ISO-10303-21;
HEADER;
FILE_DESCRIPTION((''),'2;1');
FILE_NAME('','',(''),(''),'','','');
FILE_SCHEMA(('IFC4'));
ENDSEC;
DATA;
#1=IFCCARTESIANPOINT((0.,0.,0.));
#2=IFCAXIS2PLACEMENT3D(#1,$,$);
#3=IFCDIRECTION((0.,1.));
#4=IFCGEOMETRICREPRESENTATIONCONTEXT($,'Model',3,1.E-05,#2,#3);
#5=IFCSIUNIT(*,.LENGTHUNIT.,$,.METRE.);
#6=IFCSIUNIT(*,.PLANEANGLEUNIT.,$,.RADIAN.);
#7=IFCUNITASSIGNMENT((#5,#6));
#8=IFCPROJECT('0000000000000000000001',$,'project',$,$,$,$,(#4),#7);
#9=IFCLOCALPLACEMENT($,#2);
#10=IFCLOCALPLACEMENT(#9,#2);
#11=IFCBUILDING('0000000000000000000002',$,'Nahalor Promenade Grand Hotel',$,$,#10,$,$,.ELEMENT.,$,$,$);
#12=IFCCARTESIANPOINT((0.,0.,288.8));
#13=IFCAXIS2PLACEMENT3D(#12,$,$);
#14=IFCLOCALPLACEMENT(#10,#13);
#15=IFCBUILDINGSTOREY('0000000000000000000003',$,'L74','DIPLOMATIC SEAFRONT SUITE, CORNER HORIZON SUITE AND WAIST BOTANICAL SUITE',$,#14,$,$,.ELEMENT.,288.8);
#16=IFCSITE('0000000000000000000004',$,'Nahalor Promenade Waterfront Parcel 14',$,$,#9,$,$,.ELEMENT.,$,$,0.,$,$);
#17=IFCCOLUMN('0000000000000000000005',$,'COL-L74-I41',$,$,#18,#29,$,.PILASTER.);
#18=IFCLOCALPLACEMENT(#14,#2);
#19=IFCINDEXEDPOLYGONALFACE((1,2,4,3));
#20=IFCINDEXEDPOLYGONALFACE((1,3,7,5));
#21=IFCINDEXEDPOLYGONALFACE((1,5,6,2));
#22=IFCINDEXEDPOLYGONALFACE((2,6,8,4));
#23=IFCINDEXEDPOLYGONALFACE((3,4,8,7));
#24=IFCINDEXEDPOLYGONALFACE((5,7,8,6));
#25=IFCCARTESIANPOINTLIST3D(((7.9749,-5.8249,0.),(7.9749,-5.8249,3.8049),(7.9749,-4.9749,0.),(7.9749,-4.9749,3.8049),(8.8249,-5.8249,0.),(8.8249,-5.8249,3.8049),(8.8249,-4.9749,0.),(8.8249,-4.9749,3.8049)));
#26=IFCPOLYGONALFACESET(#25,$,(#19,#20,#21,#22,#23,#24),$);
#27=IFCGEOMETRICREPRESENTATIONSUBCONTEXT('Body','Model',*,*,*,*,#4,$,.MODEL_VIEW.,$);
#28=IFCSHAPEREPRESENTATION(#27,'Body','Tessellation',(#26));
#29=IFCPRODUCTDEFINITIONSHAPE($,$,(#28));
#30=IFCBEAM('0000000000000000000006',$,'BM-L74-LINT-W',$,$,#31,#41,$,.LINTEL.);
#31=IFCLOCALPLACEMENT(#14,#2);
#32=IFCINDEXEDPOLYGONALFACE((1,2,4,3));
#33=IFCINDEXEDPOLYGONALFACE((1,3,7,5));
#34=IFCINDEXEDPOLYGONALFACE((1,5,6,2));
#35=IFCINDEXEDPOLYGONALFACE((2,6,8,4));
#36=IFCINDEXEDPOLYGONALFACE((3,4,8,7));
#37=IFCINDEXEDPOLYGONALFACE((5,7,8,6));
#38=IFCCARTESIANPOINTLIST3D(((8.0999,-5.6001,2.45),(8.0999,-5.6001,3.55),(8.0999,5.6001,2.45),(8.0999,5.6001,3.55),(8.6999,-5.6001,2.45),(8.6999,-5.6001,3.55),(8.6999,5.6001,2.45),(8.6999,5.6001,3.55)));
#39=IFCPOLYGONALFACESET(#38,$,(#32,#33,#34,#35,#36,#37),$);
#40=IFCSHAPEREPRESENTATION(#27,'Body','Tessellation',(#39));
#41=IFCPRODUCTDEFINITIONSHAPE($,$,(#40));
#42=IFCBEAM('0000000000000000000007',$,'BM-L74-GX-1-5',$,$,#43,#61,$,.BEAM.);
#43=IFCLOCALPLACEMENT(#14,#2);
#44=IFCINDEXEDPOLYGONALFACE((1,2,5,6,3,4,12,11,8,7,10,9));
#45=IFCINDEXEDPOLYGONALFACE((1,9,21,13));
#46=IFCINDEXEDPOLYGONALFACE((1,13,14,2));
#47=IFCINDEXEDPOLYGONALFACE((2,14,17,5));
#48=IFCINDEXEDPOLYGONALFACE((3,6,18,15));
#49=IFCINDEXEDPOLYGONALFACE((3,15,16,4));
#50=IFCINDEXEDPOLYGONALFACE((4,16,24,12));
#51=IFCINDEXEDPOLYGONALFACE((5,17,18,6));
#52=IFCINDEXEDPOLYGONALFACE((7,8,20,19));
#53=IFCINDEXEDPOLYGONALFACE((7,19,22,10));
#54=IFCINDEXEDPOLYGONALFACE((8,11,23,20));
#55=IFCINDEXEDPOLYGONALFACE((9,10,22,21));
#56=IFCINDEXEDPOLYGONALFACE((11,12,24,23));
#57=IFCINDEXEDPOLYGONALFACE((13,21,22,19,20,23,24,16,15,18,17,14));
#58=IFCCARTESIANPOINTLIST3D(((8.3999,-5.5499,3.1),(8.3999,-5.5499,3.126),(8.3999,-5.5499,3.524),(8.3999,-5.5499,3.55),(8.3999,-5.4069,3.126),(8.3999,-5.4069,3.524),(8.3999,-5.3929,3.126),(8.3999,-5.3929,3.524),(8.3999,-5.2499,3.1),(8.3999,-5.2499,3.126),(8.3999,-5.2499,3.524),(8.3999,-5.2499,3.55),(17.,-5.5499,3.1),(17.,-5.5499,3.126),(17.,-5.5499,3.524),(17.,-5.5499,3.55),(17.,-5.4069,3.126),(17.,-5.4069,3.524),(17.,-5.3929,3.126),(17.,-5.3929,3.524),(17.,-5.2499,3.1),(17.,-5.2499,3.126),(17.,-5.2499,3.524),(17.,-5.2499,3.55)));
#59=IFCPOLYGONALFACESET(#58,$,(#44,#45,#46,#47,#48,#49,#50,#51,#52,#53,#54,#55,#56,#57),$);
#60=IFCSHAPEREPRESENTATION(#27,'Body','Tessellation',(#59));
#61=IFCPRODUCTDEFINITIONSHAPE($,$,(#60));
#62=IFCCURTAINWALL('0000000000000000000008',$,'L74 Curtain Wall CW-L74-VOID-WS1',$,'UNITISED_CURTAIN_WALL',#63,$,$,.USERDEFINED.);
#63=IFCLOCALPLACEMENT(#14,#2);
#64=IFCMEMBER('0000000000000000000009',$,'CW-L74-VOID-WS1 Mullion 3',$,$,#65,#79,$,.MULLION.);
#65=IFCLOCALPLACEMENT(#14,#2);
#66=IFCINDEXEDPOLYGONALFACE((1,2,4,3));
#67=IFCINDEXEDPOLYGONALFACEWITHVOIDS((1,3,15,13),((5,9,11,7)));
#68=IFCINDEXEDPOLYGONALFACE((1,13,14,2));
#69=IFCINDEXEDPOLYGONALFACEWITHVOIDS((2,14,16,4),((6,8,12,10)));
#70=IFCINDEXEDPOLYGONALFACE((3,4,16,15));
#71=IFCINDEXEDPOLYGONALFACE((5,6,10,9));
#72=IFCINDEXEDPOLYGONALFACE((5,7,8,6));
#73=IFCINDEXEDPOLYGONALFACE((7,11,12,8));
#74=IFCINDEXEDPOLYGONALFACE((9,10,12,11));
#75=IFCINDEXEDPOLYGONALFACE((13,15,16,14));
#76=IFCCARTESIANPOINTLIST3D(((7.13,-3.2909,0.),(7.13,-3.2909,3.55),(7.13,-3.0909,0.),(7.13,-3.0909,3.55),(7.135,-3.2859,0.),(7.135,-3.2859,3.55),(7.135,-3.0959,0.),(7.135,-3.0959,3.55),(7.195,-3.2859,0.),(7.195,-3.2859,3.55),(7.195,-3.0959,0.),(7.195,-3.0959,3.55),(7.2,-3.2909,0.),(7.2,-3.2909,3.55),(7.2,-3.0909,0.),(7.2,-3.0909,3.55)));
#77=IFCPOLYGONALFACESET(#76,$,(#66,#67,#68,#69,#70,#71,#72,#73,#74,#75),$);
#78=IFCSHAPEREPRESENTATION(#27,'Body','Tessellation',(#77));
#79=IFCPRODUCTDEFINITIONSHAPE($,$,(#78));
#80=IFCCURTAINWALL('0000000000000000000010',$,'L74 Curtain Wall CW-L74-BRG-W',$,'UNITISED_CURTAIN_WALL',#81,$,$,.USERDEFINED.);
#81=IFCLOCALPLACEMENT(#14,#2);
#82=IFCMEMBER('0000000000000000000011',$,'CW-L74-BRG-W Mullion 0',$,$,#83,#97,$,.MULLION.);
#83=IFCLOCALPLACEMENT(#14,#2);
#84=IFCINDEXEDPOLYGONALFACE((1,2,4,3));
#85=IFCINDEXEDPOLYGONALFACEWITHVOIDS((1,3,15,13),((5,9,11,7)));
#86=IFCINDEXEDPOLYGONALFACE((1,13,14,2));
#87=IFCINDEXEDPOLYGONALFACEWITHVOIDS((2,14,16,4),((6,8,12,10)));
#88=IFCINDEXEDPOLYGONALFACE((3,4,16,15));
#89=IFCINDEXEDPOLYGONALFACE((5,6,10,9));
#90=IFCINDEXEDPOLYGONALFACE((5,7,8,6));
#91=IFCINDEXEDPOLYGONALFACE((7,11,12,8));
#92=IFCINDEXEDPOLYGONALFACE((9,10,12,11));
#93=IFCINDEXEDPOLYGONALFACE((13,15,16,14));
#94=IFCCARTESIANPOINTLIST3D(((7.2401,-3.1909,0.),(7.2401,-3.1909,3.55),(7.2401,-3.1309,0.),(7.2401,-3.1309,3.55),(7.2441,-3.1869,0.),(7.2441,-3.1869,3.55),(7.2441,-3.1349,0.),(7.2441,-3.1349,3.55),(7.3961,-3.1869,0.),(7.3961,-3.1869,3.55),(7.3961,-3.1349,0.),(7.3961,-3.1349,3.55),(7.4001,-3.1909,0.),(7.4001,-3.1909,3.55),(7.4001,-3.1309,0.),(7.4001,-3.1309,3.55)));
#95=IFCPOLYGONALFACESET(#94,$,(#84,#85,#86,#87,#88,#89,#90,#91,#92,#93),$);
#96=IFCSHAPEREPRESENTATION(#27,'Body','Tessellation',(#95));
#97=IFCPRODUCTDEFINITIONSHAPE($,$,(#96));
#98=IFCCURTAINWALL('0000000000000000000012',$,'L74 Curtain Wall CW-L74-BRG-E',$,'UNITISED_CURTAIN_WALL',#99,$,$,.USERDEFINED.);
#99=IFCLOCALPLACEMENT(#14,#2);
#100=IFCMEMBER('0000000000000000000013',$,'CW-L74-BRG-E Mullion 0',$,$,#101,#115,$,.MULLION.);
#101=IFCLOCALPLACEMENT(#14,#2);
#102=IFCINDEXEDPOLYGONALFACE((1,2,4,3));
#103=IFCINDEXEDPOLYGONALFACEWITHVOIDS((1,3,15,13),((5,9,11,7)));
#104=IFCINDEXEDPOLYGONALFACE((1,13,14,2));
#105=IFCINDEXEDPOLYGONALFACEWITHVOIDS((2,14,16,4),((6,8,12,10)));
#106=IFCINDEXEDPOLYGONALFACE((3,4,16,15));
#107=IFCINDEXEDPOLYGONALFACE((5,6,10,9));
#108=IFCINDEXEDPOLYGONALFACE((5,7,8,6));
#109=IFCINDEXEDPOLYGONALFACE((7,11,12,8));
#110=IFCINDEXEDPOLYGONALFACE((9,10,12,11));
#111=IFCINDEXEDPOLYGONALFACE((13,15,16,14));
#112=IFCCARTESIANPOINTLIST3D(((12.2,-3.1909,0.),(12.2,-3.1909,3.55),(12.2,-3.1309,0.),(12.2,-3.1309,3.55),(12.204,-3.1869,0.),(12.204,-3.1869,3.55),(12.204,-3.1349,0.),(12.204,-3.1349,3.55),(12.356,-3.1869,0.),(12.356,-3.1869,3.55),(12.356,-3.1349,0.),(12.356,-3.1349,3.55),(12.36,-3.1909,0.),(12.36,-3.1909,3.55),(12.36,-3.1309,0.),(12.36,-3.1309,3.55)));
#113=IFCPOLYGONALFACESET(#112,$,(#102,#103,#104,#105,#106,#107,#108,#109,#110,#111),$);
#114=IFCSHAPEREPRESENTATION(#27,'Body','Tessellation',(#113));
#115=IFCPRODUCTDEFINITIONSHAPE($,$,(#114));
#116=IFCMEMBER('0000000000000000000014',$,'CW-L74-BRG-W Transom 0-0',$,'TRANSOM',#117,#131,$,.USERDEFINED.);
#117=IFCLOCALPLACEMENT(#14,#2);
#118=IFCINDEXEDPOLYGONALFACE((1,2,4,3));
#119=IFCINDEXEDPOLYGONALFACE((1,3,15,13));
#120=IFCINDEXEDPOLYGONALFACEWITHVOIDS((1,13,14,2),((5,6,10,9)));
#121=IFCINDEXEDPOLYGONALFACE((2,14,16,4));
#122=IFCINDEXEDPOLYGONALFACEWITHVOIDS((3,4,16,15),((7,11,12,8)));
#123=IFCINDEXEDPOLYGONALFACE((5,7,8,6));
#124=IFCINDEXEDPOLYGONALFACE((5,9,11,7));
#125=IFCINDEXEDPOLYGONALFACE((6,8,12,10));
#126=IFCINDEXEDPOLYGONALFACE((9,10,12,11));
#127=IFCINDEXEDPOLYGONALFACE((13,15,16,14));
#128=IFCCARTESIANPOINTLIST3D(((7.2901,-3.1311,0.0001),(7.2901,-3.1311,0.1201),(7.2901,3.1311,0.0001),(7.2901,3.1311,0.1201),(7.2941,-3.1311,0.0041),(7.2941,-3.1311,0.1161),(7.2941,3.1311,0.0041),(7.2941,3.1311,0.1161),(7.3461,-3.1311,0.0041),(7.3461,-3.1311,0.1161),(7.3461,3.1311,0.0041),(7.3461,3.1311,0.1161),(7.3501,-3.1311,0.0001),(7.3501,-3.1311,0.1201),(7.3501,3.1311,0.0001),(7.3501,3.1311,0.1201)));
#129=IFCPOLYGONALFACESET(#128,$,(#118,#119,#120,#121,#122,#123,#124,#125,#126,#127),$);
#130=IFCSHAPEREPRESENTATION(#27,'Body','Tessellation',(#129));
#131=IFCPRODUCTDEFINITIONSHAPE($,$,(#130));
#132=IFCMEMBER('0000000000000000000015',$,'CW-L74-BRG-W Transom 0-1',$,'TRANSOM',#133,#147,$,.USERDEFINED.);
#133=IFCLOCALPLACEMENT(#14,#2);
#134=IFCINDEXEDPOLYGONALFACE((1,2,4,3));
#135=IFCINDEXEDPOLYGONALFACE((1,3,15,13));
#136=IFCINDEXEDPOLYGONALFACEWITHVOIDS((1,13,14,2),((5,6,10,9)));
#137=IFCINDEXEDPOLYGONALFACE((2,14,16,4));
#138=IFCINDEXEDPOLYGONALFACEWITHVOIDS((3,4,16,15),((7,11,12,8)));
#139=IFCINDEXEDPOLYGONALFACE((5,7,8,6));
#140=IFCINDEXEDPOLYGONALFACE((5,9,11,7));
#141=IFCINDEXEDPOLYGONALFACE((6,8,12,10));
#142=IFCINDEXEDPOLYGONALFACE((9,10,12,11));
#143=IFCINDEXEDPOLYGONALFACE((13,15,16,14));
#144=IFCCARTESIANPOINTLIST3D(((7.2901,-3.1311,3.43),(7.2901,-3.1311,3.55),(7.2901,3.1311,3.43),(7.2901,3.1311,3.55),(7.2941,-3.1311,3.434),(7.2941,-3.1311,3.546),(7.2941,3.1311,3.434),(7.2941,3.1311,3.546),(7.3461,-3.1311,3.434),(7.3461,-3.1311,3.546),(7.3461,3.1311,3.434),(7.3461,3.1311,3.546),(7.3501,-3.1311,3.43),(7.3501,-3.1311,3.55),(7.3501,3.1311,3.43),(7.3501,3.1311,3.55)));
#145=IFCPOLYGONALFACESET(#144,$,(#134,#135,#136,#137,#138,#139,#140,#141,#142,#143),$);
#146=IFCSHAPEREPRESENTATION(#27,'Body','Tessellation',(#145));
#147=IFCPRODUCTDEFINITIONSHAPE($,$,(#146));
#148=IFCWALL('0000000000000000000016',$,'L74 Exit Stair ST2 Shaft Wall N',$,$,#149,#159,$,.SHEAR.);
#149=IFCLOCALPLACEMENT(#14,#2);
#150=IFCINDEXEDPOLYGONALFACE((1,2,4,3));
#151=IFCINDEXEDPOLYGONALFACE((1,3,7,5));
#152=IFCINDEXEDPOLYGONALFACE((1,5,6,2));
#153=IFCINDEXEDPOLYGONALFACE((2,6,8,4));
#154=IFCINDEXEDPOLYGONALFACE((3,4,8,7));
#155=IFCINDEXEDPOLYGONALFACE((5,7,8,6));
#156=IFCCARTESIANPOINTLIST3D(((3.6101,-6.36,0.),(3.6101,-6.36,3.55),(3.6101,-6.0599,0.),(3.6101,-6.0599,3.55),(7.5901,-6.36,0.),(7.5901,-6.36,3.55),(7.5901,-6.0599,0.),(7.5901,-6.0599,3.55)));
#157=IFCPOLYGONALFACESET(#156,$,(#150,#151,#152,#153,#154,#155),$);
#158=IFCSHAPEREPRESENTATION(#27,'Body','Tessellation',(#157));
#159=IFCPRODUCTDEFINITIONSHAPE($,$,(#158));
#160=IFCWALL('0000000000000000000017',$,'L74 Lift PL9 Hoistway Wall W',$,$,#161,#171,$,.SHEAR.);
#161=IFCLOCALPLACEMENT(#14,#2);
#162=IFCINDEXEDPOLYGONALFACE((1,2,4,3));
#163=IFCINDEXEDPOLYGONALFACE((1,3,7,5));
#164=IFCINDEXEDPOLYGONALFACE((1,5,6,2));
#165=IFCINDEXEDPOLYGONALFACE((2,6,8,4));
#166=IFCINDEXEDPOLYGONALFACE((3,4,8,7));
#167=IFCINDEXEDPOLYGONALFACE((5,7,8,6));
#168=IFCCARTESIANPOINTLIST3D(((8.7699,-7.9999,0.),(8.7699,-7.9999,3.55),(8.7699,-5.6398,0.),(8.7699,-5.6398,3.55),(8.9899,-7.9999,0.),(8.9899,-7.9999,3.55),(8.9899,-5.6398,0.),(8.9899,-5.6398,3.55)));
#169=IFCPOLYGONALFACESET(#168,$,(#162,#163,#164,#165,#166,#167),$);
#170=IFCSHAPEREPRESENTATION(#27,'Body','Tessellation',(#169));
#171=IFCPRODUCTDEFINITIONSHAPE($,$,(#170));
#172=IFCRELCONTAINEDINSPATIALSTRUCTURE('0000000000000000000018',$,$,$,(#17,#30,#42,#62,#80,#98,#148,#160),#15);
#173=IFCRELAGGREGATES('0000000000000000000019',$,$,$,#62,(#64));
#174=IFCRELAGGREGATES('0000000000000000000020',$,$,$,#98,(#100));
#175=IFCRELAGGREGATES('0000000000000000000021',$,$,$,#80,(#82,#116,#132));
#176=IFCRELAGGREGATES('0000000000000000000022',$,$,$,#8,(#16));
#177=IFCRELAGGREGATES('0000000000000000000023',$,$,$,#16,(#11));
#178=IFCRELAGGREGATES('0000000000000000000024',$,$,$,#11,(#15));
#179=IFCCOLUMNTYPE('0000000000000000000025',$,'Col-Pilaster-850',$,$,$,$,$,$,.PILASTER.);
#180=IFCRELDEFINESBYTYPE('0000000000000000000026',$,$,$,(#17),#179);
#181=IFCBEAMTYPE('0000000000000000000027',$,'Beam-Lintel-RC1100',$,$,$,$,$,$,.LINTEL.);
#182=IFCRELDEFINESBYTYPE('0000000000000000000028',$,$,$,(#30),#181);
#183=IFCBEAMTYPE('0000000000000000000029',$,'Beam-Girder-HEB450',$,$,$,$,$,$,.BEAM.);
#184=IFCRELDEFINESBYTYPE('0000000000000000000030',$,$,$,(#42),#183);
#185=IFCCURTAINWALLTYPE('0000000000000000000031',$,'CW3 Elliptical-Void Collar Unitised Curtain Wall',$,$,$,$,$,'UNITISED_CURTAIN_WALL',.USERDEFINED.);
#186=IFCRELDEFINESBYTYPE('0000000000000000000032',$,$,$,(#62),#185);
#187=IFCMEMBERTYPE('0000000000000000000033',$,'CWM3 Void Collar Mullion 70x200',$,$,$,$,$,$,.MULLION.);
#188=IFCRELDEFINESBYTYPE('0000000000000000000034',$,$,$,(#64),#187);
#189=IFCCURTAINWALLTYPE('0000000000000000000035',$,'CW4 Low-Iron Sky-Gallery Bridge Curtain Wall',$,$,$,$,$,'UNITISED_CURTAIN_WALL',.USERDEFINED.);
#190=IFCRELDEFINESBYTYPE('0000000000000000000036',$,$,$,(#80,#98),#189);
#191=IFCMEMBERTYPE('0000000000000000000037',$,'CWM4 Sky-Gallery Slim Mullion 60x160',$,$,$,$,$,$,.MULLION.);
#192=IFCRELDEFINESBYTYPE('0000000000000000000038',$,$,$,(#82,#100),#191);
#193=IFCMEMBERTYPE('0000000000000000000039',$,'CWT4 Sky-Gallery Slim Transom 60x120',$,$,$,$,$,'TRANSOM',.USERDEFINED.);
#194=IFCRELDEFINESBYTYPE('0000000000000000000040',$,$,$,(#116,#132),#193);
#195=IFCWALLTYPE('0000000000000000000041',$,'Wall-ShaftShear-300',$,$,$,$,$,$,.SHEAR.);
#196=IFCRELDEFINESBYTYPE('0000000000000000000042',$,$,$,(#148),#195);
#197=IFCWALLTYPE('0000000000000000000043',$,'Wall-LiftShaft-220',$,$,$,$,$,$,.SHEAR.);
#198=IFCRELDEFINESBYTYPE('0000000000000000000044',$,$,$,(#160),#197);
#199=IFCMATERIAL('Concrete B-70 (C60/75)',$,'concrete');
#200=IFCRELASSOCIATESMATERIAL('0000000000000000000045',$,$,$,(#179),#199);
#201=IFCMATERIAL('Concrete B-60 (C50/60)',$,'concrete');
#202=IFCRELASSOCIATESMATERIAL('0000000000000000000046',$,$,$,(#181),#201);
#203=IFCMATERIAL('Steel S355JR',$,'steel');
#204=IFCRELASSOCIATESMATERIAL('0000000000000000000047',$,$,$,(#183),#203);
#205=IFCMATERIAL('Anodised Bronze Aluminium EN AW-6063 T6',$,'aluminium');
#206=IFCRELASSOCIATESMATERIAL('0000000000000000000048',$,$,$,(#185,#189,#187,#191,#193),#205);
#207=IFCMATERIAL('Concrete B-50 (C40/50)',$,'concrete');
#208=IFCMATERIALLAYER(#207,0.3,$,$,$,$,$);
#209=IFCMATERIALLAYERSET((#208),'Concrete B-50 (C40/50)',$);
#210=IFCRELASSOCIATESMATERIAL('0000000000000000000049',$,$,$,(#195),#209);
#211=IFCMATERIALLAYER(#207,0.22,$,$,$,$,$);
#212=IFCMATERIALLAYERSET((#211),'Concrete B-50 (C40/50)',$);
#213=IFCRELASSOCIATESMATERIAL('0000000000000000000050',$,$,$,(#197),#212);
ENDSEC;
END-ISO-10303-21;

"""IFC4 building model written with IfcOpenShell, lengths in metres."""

from ifc_helpers import new_model, si_unit, direction, frame, frame_2d, origin, origin_2d, place, context, subcontext, project, spatial, rectangle, hollow_rectangle, i_section, extrude, source, transform, mapped, material, layer, layer_set, material_profile, profile_set, type_object, element, aggregate, save


model = new_model("IFC4")

# Units and contexts
model_context = context("Model", 3, precision=1e-05, world=origin(), true_north=direction((0.0, 1.0)))
body_context = subcontext(model_context, "Body", "Model", "MODEL_VIEW")
ifc_project = project(units=[si_unit("LENGTHUNIT", "METRE"), si_unit("PLANEANGLEUNIT", "RADIAN")], contexts=[model_context])

# Site, building, storey
site_placement = place(None, origin())
site = spatial("IfcSite", under=ifc_project, at=site_placement, Name="Nahalor Promenade Waterfront Parcel 14", CompositionType="ELEMENT", RefElevation=0.0)
building_placement = place(site_placement, origin())
building = spatial("IfcBuilding", under=site, at=building_placement, Name="Nahalor Promenade Grand Hotel", CompositionType="ELEMENT")
storey_placement = place(building_placement, frame((0.0, 0.0, 288.8)))
storey = spatial("IfcBuildingStorey", under=building, at=storey_placement, Name="L74", Description="DIPLOMATIC SEAFRONT SUITE, CORNER HORIZON SUITE AND WAIST BOTANICAL SUITE", CompositionType="ELEMENT", Elevation=288.8)

# Column
ifc_material_1 = material(Name="Concrete B-70 (C60/75)", Category="concrete")
ifc_material_profile_1 = material_profile(ifc_material_1, rectangle(XDim=0.85, YDim=0.85, at=origin_2d()), Name="RC 850x850")
ifc_profile_set_1 = profile_set([ifc_material_profile_1], Name="Concrete B-70 (C60/75)")
column_type = type_object("IfcColumnType", Name="Col-Pilaster-850", PredefinedType="PILASTER", material=ifc_profile_set_1)
shared_shape_1 = source(origin(), body_context, "Body", "SweptSolid", [
    extrude(rectangle(XDim=0.85, YDim=0.85, at=origin_2d()), origin(), (0.0, 0.0, 1.0), 3.8049),
])
column_placement = place(storey_placement, frame((8.3999, -5.3999, 0.0), z_axis=(0.0, 0.0, 1.0), x_axis=(1.0, 0.0, 0.0)))
element("IfcColumn", 1, at=column_placement, inside=storey, type_object=column_type, Name="COL-L74-I41", PredefinedType="PILASTER", context=body_context, shape_type="MappedRepresentation", body=[
    mapped(shared_shape_1, transform((0.0, 0.0, 0.0), scale=1.0)),
])

# Beams
ifc_material_2 = material(Name="Concrete B-60 (C50/60)", Category="concrete")
ifc_material_profile_2 = material_profile(ifc_material_2, rectangle(XDim=0.6, YDim=1.1, at=origin_2d()), Name="RC 600x1100")
ifc_profile_set_2 = profile_set([ifc_material_profile_2], Name="Concrete B-60 (C50/60)")
beam_type_1 = type_object("IfcBeamType", Name="Beam-Lintel-RC1100", PredefinedType="LINTEL", material=ifc_profile_set_2)
shared_shape_2 = source(origin(), body_context, "Body", "SweptSolid", [
    extrude(rectangle(XDim=0.6, YDim=1.1, at=origin_2d()), origin(), (0.0, 0.0, 1.0), 11.2002),
])
beam_1_placement = place(storey_placement, frame((8.3999, -5.6001, 3.0), z_axis=(0.0, 1.0, 0.0), x_axis=(-1.0, 0.0, 0.0)))
element("IfcBeam", 2, at=beam_1_placement, inside=storey, type_object=beam_type_1, Name="BM-L74-LINT-W", PredefinedType="LINTEL", context=body_context, shape_type="MappedRepresentation", body=[
    mapped(shared_shape_2, transform((0.0, 0.0, 0.0), scale=1.0)),
])
ifc_material_3 = material(Name="Steel S355JR", Category="steel")
ifc_material_profile_3 = material_profile(ifc_material_3, i_section(OverallWidth=0.3, OverallDepth=0.45, WebThickness=0.014, FlangeThickness=0.026, at=origin_2d()), Name="HEB 450")
ifc_profile_set_3 = profile_set([ifc_material_profile_3], Name="Steel S355JR")
beam_type_2 = type_object("IfcBeamType", Name="Beam-Girder-HEB450", PredefinedType="BEAM", material=ifc_profile_set_3)
shared_shape_3 = source(origin(), body_context, "Body", "SweptSolid", [
    extrude(i_section(OverallWidth=0.3, OverallDepth=0.45, WebThickness=0.014, FlangeThickness=0.026, at=origin_2d()), origin(), (0.0, 0.0, 1.0), 8.6001),
])
beam_2_placement = place(storey_placement, frame((8.3999, -5.3999, 3.325), z_axis=(1.0, 0.0, 0.0), x_axis=(0.0, 1.0, 0.0)))
element("IfcBeam", 3, at=beam_2_placement, inside=storey, type_object=beam_type_2, Name="BM-L74-GX-1-5", PredefinedType="BEAM", context=body_context, shape_type="MappedRepresentation", body=[
    mapped(shared_shape_3, transform((0.0, 0.0, 0.0), scale=1.0)),
])

# Curtain walls, members
ifc_material_4 = material(Name="Anodised Bronze Aluminium EN AW-6063 T6", Category="aluminium")
curtain_wall_type_1 = type_object("IfcCurtainWallType", Name="CW3 Elliptical-Void Collar Unitised Curtain Wall", ElementType="UNITISED_CURTAIN_WALL", PredefinedType="USERDEFINED", material=ifc_material_4)
curtain_wall_1_placement = place(storey_placement, origin())
curtain_wall_1 = element("IfcCurtainWall", 4, at=curtain_wall_1_placement, inside=storey, type_object=curtain_wall_type_1, Name="L74 Curtain Wall CW-L74-VOID-WS1", ObjectType="UNITISED_CURTAIN_WALL", PredefinedType="USERDEFINED")
ifc_material_profile_4 = material_profile(ifc_material_4, hollow_rectangle(XDim=0.07, YDim=0.2, WallThickness=0.005, at=origin_2d()), Name="CWM 70x200x5")
ifc_profile_set_4 = profile_set([ifc_material_profile_4], Name="Anodised Bronze Aluminium EN AW-6063 T6")
member_type_1 = type_object("IfcMemberType", Name="CWM3 Void Collar Mullion 70x200", PredefinedType="MULLION", material=ifc_profile_set_4)
shared_shape_4 = source(origin(), body_context, "Body", "SweptSolid", [
    extrude(hollow_rectangle(XDim=0.07, YDim=0.2, WallThickness=0.005, at=origin_2d()), origin(), (0.0, 0.0, 1.0), 3.55),
])
member_1_placement = place(storey_placement, frame((7.165, -3.1909, 0.0), z_axis=(0.0, 0.0, 1.0), x_axis=(1.0, 0.0, 0.0)))
member_1 = element("IfcMember", 5, at=member_1_placement, type_object=member_type_1, Name="CW-L74-VOID-WS1 Mullion 3", PredefinedType="MULLION", context=body_context, shape_type="MappedRepresentation", body=[
    mapped(shared_shape_4, transform((0.0, 0.0, 0.0), scale=1.0)),
])
aggregate(curtain_wall_1, [member_1])
curtain_wall_type_2 = type_object("IfcCurtainWallType", Name="CW4 Low-Iron Sky-Gallery Bridge Curtain Wall", ElementType="UNITISED_CURTAIN_WALL", PredefinedType="USERDEFINED", material=ifc_material_4)
curtain_wall_2_placement = place(storey_placement, origin())
curtain_wall_2 = element("IfcCurtainWall", 6, at=curtain_wall_2_placement, inside=storey, type_object=curtain_wall_type_2, Name="L74 Curtain Wall CW-L74-BRG-W", ObjectType="UNITISED_CURTAIN_WALL", PredefinedType="USERDEFINED")
ifc_material_profile_5 = material_profile(ifc_material_4, hollow_rectangle(XDim=0.06, YDim=0.16, WallThickness=0.004, at=origin_2d()), Name="CWM 60x160x4")
ifc_profile_set_5 = profile_set([ifc_material_profile_5], Name="Anodised Bronze Aluminium EN AW-6063 T6")
member_type_2 = type_object("IfcMemberType", Name="CWM4 Sky-Gallery Slim Mullion 60x160", PredefinedType="MULLION", material=ifc_profile_set_5)
shared_shape_5 = source(origin(), body_context, "Body", "SweptSolid", [
    extrude(hollow_rectangle(XDim=0.06, YDim=0.16, WallThickness=0.004, at=origin_2d()), origin(), (0.0, 0.0, 1.0), 3.55),
])
member_2_placement = place(storey_placement, frame((7.3201, -3.1609, 0.0), z_axis=(0.0, 0.0, 1.0), x_axis=(0.0, 1.0, 0.0)))
member_2 = element("IfcMember", 7, at=member_2_placement, type_object=member_type_2, Name="CW-L74-BRG-W Mullion 0", PredefinedType="MULLION", context=body_context, shape_type="MappedRepresentation", body=[
    mapped(shared_shape_5, transform((0.0, 0.0, 0.0), scale=1.0)),
])
curtain_wall_3_placement = place(storey_placement, origin())
curtain_wall_3 = element("IfcCurtainWall", 8, at=curtain_wall_3_placement, inside=storey, type_object=curtain_wall_type_2, Name="L74 Curtain Wall CW-L74-BRG-E", ObjectType="UNITISED_CURTAIN_WALL", PredefinedType="USERDEFINED")
member_3_placement = place(storey_placement, frame((12.28, -3.1609, 0.0), z_axis=(0.0, 0.0, 1.0), x_axis=(0.0, 1.0, 0.0)))
member_3 = element("IfcMember", 9, at=member_3_placement, type_object=member_type_2, Name="CW-L74-BRG-E Mullion 0", PredefinedType="MULLION", context=body_context, shape_type="MappedRepresentation", body=[
    mapped(shared_shape_5, transform((0.0, 0.0, 0.0), scale=1.0)),
])
aggregate(curtain_wall_3, [member_3])

# Members
ifc_material_profile_6 = material_profile(ifc_material_4, hollow_rectangle(XDim=0.06, YDim=0.12, WallThickness=0.004, at=origin_2d()), Name="CWT 60x120x4")
ifc_profile_set_6 = profile_set([ifc_material_profile_6], Name="Anodised Bronze Aluminium EN AW-6063 T6")
member_type_3 = type_object("IfcMemberType", Name="CWT4 Sky-Gallery Slim Transom 60x120", ElementType="TRANSOM", PredefinedType="USERDEFINED", material=ifc_profile_set_6)
shared_shape_6 = source(origin(), body_context, "Body", "SweptSolid", [
    extrude(hollow_rectangle(XDim=0.06, YDim=0.12, WallThickness=0.004, at=origin_2d()), origin(), (0.0, 0.0, 1.0), 6.2622),
])
member_4_placement = place(storey_placement, frame((7.3201, -3.1311, 0.0601), z_axis=(0.0, 1.0, 0.0), x_axis=(-1.0, 0.0, 0.0)))
member_4 = element("IfcMember", 10, at=member_4_placement, type_object=member_type_3, Name="CW-L74-BRG-W Transom 0-0", ObjectType="TRANSOM", PredefinedType="USERDEFINED", context=body_context, shape_type="MappedRepresentation", body=[
    mapped(shared_shape_6, transform((0.0, 0.0, 0.0), scale=1.0)),
])
member_5_placement = place(storey_placement, frame((7.3201, -3.1311, 3.49), z_axis=(0.0, 1.0, 0.0), x_axis=(-1.0, 0.0, 0.0)))
member_5 = element("IfcMember", 11, at=member_5_placement, type_object=member_type_3, Name="CW-L74-BRG-W Transom 0-1", ObjectType="TRANSOM", PredefinedType="USERDEFINED", context=body_context, shape_type="MappedRepresentation", body=[
    mapped(shared_shape_6, transform((0.0, 0.0, 0.0), scale=1.0)),
])
aggregate(curtain_wall_2, [member_2, member_4, member_5])

# Walls
ifc_material_5 = material(Name="Concrete B-50 (C40/50)", Category="concrete")
ifc_layer_1 = layer(ifc_material_5, 0.3)
ifc_layer_set_1 = layer_set([ifc_layer_1], Name="Concrete B-50 (C40/50)")
wall_type_1 = type_object("IfcWallType", Name="Wall-ShaftShear-300", PredefinedType="SHEAR", material=ifc_layer_set_1)
shared_shape_7 = source(origin(), body_context, "Body", "SweptSolid", [
    extrude(rectangle(XDim=3.98, YDim=0.3, at=frame_2d((1.99, 0.0))), origin(), (0.0, 0.0, 1.0), 3.55),
])
wall_1_placement = place(storey_placement, frame((3.6101, -6.21, 0.0), z_axis=(0.0, 0.0, 1.0), x_axis=(1.0, 0.0, 0.0)))
element("IfcWall", 12, at=wall_1_placement, inside=storey, type_object=wall_type_1, Name="L74 Exit Stair ST2 Shaft Wall N", PredefinedType="SHEAR", context=body_context, shape_type="MappedRepresentation", body=[
    mapped(shared_shape_7, transform((0.0, 0.0, 0.0), scale=1.0)),
])
ifc_layer_2 = layer(ifc_material_5, 0.22)
ifc_layer_set_2 = layer_set([ifc_layer_2], Name="Concrete B-50 (C40/50)")
wall_type_2 = type_object("IfcWallType", Name="Wall-LiftShaft-220", PredefinedType="SHEAR", material=ifc_layer_set_2)
shared_shape_8 = source(origin(), body_context, "Body", "SweptSolid", [
    extrude(rectangle(XDim=2.3601, YDim=0.22, at=frame_2d((1.1802, 0.0))), origin(), (0.0, 0.0, 1.0), 3.55),
])
wall_2_placement = place(storey_placement, frame((8.8799, -8.0, 0.0), z_axis=(0.0, 0.0, 1.0), x_axis=(0.0, 1.0, 0.0)))
element("IfcWall", 13, at=wall_2_placement, inside=storey, type_object=wall_type_2, Name="L74 Lift PL9 Hoistway Wall W", PredefinedType="SHEAR", context=body_context, shape_type="MappedRepresentation", body=[
    mapped(shared_shape_8, transform((0.0, 0.0, 0.0), scale=1.0)),
])

save(model, "model.ifc")
